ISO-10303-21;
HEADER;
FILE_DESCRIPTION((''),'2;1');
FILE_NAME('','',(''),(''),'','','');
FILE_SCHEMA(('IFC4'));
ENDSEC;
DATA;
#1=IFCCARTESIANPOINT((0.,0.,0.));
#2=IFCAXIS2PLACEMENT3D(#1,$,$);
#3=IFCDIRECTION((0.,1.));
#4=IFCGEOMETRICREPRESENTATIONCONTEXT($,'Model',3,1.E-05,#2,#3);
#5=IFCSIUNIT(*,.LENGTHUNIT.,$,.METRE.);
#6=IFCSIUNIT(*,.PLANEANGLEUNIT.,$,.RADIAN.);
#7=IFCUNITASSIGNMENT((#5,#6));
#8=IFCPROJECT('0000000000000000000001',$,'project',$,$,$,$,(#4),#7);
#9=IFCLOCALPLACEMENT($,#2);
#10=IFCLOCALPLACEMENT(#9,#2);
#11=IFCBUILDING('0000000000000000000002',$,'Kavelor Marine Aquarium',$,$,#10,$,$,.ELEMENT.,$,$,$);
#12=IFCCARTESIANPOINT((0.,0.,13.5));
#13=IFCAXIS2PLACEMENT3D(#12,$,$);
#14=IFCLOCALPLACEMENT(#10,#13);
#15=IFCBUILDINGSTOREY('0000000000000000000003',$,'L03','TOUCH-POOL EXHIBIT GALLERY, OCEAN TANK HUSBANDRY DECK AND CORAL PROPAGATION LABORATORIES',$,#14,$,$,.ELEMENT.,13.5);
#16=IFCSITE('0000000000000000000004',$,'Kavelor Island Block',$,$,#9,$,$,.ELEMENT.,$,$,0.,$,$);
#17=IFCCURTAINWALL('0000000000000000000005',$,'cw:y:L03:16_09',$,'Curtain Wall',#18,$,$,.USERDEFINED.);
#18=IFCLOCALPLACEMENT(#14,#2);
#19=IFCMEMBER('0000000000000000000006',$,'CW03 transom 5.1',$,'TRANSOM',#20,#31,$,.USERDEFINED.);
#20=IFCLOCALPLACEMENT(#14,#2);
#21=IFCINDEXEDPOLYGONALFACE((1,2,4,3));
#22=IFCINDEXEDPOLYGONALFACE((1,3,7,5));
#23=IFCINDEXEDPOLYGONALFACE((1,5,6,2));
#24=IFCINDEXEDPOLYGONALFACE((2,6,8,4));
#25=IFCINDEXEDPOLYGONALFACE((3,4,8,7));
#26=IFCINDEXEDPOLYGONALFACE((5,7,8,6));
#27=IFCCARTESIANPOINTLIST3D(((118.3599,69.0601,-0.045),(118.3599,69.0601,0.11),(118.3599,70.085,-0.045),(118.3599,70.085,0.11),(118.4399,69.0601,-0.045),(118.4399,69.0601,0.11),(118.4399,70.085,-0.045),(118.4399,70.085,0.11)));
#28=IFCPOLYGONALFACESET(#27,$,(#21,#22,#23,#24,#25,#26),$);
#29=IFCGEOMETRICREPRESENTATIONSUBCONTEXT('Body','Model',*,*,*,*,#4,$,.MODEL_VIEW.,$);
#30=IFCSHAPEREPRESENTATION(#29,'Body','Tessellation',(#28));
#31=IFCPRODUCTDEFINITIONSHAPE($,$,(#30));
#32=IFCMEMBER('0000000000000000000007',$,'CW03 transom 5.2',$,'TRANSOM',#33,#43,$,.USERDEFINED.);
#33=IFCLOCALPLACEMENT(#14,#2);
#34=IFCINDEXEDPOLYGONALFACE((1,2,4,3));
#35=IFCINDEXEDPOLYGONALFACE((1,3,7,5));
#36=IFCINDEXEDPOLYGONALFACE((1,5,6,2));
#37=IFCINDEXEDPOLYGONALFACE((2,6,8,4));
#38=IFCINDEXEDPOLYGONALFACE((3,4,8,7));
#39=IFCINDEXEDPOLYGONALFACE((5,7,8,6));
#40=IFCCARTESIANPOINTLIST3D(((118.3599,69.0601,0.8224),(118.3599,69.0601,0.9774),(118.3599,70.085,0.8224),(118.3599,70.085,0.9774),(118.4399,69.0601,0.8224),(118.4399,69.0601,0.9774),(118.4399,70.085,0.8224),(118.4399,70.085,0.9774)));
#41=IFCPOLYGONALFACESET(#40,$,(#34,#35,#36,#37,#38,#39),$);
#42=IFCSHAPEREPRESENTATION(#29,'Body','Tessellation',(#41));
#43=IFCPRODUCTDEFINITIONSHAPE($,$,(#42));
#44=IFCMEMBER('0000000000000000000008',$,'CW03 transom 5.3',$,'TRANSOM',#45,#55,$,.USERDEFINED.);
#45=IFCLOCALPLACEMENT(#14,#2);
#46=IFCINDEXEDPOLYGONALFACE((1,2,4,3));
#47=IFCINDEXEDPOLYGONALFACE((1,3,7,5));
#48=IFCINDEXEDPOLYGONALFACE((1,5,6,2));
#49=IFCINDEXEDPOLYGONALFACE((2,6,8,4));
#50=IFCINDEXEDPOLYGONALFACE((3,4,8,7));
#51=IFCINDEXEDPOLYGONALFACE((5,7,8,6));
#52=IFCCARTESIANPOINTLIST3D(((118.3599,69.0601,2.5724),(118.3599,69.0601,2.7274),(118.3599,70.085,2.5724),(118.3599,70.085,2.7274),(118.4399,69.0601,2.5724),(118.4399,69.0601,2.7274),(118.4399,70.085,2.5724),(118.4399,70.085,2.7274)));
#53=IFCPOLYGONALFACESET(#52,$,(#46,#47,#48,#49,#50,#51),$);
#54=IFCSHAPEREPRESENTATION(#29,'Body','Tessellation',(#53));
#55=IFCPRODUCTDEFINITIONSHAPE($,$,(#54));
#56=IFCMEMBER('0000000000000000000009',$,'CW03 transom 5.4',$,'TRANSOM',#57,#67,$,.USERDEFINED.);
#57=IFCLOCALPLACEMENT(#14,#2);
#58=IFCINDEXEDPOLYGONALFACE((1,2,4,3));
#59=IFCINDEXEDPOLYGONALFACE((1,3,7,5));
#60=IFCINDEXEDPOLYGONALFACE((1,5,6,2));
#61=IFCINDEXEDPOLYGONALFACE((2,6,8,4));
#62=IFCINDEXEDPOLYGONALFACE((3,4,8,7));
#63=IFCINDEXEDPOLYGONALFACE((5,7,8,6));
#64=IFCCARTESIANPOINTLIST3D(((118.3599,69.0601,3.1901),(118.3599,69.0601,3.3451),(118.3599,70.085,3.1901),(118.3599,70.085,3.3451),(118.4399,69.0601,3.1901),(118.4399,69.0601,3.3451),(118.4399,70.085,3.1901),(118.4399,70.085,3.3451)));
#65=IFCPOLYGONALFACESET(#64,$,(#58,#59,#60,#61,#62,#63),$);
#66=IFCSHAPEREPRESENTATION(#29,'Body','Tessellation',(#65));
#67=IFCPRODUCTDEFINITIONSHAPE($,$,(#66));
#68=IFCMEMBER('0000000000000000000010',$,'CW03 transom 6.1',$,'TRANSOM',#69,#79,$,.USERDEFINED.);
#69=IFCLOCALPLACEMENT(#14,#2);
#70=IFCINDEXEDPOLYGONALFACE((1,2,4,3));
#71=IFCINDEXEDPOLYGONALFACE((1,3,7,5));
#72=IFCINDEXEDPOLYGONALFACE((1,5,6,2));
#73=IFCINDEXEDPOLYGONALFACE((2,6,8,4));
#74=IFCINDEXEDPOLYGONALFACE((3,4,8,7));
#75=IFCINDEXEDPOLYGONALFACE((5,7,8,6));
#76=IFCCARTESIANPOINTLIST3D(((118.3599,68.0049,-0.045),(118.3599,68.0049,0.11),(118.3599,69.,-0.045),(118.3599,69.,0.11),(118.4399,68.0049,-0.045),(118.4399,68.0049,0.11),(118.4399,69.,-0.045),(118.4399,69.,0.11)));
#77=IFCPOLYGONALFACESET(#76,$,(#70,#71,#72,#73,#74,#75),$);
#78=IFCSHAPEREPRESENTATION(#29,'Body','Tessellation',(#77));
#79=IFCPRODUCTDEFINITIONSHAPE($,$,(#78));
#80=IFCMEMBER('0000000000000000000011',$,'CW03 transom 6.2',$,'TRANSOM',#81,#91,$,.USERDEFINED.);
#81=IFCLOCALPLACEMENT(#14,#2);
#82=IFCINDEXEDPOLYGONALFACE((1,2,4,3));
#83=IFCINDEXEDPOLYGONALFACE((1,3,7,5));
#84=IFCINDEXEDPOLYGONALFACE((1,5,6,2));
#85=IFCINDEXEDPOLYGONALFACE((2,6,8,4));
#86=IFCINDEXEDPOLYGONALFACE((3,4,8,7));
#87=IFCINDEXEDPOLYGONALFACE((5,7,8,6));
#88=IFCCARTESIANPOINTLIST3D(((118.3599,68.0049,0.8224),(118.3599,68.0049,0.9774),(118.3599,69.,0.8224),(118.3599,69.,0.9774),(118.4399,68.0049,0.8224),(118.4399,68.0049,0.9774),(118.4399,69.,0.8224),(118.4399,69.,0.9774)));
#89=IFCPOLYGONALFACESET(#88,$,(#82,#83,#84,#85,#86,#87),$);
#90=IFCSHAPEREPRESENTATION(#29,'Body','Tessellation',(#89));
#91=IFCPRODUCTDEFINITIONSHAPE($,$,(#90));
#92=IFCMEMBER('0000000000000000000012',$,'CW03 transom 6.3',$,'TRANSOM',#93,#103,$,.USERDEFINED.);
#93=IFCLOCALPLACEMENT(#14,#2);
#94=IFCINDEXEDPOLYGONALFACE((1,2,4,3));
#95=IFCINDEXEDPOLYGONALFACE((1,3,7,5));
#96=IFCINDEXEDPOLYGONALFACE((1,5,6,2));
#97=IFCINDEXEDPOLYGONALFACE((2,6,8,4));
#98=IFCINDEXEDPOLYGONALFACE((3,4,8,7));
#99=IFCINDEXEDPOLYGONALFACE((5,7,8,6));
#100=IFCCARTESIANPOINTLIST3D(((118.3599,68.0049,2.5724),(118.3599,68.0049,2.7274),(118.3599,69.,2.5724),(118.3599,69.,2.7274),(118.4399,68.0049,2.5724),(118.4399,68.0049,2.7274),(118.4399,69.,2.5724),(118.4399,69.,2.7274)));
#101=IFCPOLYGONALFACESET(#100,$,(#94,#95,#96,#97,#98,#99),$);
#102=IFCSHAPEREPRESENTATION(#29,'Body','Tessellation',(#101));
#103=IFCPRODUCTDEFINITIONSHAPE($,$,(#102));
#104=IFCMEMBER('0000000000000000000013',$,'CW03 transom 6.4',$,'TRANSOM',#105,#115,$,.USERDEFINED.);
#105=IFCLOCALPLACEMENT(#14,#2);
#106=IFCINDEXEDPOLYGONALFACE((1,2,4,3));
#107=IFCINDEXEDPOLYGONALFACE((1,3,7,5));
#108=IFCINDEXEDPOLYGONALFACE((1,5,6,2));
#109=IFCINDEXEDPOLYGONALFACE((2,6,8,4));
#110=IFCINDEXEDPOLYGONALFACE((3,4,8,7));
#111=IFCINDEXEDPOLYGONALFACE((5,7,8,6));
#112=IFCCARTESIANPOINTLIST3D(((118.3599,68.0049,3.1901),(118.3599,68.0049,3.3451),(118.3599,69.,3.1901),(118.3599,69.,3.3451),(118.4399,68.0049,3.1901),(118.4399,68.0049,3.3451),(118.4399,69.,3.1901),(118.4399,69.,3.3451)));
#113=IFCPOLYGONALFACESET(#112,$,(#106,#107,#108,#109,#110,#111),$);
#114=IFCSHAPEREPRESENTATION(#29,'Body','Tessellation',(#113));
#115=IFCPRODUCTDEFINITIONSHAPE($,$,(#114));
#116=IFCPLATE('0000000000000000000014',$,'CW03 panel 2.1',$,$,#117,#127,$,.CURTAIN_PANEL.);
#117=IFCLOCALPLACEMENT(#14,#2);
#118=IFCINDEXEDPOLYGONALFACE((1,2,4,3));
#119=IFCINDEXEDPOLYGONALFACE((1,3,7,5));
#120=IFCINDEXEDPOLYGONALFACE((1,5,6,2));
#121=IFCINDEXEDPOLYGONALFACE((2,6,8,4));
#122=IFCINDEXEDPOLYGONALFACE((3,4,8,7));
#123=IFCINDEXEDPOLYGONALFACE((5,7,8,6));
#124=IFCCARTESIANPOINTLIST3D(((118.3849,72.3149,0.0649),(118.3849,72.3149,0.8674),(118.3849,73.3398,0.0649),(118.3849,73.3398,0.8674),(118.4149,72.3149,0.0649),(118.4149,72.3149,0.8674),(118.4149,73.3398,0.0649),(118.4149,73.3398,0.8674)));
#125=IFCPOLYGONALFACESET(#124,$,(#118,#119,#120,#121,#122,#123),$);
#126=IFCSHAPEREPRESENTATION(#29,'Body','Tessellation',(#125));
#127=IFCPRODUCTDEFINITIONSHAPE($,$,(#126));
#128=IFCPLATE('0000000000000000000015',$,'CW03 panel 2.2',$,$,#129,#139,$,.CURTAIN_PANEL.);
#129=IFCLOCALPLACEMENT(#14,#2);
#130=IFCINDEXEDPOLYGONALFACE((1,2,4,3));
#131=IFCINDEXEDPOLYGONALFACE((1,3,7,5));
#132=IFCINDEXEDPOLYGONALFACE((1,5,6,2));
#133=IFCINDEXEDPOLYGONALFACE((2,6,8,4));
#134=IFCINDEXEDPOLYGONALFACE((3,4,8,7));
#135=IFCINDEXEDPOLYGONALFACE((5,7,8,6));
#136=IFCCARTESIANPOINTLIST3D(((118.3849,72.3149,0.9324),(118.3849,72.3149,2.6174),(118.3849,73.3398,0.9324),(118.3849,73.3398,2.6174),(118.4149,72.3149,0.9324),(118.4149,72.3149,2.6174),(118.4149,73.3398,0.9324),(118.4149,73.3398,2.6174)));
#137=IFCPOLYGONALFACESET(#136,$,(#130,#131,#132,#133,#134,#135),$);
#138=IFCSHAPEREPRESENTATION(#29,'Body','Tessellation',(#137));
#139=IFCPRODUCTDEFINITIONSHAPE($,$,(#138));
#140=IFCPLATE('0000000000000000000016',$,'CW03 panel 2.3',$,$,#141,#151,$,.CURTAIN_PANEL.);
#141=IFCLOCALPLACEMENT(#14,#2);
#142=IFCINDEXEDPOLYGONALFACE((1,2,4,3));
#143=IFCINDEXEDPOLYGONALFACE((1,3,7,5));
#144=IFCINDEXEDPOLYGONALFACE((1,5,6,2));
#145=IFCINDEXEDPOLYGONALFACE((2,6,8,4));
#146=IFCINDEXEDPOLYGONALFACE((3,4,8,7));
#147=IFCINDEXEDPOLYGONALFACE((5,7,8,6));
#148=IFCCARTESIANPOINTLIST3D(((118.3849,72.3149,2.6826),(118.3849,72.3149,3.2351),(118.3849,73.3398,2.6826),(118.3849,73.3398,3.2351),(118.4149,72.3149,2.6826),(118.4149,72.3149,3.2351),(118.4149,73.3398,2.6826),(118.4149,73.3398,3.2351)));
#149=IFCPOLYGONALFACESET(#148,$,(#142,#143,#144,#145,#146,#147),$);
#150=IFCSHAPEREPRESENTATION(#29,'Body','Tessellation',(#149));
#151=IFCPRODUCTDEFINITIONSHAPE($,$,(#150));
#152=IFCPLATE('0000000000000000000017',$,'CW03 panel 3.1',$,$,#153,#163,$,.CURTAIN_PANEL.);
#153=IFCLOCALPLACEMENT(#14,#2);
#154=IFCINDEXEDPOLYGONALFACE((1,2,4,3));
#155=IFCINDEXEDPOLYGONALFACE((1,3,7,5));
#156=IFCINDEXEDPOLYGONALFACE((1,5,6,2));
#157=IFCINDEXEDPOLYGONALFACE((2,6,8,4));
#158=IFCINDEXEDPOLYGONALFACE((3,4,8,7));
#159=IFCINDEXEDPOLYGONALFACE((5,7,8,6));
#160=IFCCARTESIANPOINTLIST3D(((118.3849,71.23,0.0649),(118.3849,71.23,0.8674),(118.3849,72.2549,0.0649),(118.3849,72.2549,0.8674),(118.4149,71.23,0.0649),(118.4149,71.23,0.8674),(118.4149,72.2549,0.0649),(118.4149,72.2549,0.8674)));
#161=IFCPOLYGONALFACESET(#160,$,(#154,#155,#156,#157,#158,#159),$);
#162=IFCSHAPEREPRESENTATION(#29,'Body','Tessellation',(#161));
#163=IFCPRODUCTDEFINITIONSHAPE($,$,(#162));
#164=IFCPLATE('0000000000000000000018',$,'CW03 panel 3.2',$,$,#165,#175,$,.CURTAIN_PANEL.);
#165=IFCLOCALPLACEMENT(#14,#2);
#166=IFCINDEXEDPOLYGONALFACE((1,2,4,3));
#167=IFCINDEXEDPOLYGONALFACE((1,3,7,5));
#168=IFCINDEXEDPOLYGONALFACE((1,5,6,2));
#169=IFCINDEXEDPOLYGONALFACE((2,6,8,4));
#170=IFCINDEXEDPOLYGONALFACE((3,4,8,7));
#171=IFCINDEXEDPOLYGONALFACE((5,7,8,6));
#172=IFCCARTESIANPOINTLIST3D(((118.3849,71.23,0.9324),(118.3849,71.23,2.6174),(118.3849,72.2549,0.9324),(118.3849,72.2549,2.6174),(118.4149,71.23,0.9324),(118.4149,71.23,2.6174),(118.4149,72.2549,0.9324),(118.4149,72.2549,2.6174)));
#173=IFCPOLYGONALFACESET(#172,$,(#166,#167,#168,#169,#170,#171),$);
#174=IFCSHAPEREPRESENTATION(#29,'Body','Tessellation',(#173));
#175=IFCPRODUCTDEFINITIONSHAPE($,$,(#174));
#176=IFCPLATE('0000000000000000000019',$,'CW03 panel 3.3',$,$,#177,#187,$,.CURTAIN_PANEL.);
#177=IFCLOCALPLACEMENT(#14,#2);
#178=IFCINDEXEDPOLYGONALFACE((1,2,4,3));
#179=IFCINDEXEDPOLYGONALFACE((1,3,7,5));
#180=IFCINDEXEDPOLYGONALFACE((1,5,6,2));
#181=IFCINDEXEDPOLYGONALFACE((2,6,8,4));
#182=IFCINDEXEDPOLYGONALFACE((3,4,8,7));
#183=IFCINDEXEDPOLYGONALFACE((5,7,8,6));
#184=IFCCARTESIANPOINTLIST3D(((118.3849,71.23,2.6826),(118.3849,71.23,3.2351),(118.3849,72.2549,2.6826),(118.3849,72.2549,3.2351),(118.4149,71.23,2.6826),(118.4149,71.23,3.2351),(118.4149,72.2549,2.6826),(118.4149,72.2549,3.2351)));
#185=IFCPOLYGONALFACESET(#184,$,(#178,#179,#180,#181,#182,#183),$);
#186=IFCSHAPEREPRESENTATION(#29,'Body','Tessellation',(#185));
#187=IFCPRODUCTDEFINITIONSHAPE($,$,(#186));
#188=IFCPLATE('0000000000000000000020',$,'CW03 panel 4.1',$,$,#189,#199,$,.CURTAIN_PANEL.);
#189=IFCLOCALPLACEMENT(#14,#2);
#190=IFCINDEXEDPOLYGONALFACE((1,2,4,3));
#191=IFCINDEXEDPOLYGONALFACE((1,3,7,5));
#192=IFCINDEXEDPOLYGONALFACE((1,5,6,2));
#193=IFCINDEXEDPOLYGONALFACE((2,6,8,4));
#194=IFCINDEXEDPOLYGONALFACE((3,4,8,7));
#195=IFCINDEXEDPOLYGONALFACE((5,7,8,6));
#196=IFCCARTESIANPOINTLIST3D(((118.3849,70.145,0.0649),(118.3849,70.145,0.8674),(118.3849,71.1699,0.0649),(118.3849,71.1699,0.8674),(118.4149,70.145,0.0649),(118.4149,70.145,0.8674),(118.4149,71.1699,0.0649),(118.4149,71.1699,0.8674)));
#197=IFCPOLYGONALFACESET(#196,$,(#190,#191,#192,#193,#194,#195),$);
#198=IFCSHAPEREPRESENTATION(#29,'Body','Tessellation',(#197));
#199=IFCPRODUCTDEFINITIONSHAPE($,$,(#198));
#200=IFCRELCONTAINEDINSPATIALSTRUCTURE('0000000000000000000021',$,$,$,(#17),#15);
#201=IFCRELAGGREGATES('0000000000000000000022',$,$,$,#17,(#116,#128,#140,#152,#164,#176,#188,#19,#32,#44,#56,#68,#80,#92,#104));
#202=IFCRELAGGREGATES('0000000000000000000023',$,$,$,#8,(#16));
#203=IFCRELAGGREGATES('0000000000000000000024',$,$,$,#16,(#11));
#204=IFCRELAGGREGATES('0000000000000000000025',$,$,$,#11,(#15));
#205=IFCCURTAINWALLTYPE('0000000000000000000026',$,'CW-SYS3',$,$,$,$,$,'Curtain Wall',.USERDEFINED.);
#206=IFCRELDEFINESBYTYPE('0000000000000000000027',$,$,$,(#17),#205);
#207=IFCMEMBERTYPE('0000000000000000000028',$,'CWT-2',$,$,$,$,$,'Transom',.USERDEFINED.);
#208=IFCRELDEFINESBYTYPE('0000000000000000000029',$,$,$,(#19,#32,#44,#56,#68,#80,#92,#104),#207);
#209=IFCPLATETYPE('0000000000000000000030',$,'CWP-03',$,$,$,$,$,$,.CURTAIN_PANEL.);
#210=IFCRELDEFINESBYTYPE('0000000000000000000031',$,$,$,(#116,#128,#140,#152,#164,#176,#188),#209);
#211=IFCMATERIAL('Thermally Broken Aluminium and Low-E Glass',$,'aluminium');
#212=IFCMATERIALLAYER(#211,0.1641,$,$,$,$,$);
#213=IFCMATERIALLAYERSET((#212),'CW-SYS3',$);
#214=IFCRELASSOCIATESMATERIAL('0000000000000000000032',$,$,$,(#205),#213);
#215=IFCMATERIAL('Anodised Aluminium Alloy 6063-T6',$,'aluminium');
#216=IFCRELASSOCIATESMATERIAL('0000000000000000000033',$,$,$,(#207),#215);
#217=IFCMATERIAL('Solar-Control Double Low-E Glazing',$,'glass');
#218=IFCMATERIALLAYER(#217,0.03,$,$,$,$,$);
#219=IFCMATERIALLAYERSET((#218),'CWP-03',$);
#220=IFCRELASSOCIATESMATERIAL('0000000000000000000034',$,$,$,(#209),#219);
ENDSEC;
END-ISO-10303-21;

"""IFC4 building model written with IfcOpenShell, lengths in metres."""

from ifc_helpers import new_model, si_unit, direction, frame, origin, origin_2d, place, context, subcontext, project, spatial, rectangle, extrude, material, layer, layer_set, material_profile, profile_set, type_object, element, aggregate, save


model = new_model("IFC4")

# Units and contexts
model_context = context("Model", 3, precision=1e-05, world=origin(), true_north=direction((0.0, 1.0)))
body_context = subcontext(model_context, "Body", "Model", "MODEL_VIEW")
ifc_project = project(units=[si_unit("LENGTHUNIT", "METRE"), si_unit("PLANEANGLEUNIT", "RADIAN")], contexts=[model_context])

# Site, building, storey
site_placement = place(None, origin())
site = spatial("IfcSite", under=ifc_project, at=site_placement, Name="Kavelor Island Block", CompositionType="ELEMENT", RefElevation=0.0)
building_placement = place(site_placement, origin())
building = spatial("IfcBuilding", under=site, at=building_placement, Name="Kavelor Marine Aquarium", CompositionType="ELEMENT")
storey_placement = place(building_placement, frame((0.0, 0.0, 13.5)))
storey = spatial("IfcBuildingStorey", under=building, at=storey_placement, Name="L03", Description="TOUCH-POOL EXHIBIT GALLERY, OCEAN TANK HUSBANDRY DECK AND CORAL PROPAGATION LABORATORIES", CompositionType="ELEMENT", Elevation=13.5)

# Curtain wall, members, plates
ifc_material_1 = material(Name="Thermally Broken Aluminium and Low-E Glass", Category="aluminium")
ifc_layer_1 = layer(ifc_material_1, 0.1641)
ifc_layer_set_1 = layer_set([ifc_layer_1], Name="CW-SYS3")
curtain_wall_type = type_object("IfcCurtainWallType", Name="CW-SYS3", ElementType="Curtain Wall", PredefinedType="USERDEFINED", material=ifc_layer_set_1)
curtain_wall_placement = place(storey_placement, origin())
curtain_wall = element("IfcCurtainWall", 1, at=curtain_wall_placement, inside=storey, type_object=curtain_wall_type, Name="cw:y:L03:16_09", ObjectType="Curtain Wall", PredefinedType="USERDEFINED")
ifc_material_2 = material(Name="Anodised Aluminium Alloy 6063-T6", Category="aluminium")
ifc_material_profile_1 = material_profile(ifc_material_2, rectangle(XDim=0.0801, YDim=0.155, at=origin_2d()), Name="CW-TRN 80x155")
ifc_profile_set_1 = profile_set([ifc_material_profile_1], Name="Anodised Aluminium Alloy 6063-T6")
member_type_1 = type_object("IfcMemberType", Name="CWT-2", ElementType="Transom", PredefinedType="USERDEFINED", material=ifc_profile_set_1)
member_1_placement = place(storey_placement, frame((118.3999, 70.085, 0.0325), z_axis=(0.0, -1.0, 0.0), x_axis=(1.0, 0.0, 0.0)))
member_1 = element("IfcMember", 2, at=member_1_placement, type_object=member_type_1, Name="CW03 transom 5.1", ObjectType="TRANSOM", PredefinedType="USERDEFINED", context=body_context, shape_type="SweptSolid", body=[
    extrude(rectangle(XDim=0.0801, YDim=0.155, at=origin_2d()), origin(), (0.0, 0.0, 1.0), 1.0249),
])
member_2_placement = place(storey_placement, frame((118.3999, 70.085, 0.8999), z_axis=(0.0, -1.0, 0.0), x_axis=(1.0, 0.0, 0.0)))
member_2 = element("IfcMember", 3, at=member_2_placement, type_object=member_type_1, Name="CW03 transom 5.2", ObjectType="TRANSOM", PredefinedType="USERDEFINED", context=body_context, shape_type="SweptSolid", body=[
    extrude(rectangle(XDim=0.0801, YDim=0.155, at=origin_2d()), origin(), (0.0, 0.0, 1.0), 1.0249),
])
member_3_placement = place(storey_placement, frame((118.3999, 70.085, 2.6499), z_axis=(0.0, -1.0, 0.0), x_axis=(1.0, 0.0, 0.0)))
member_3 = element("IfcMember", 4, at=member_3_placement, type_object=member_type_1, Name="CW03 transom 5.3", ObjectType="TRANSOM", PredefinedType="USERDEFINED", context=body_context, shape_type="SweptSolid", body=[
    extrude(rectangle(XDim=0.0801, YDim=0.155, at=origin_2d()), origin(), (0.0, 0.0, 1.0), 1.0249),
])
member_4_placement = place(storey_placement, frame((118.3999, 70.085, 3.2676), z_axis=(0.0, -1.0, 0.0), x_axis=(1.0, 0.0, 0.0)))
member_4 = element("IfcMember", 5, at=member_4_placement, type_object=member_type_1, Name="CW03 transom 5.4", ObjectType="TRANSOM", PredefinedType="USERDEFINED", context=body_context, shape_type="SweptSolid", body=[
    extrude(rectangle(XDim=0.0801, YDim=0.155, at=origin_2d()), origin(), (0.0, 0.0, 1.0), 1.0249),
])
member_5_placement = place(storey_placement, frame((118.3999, 69.0, 0.0325), z_axis=(0.0, -1.0, 0.0), x_axis=(1.0, 0.0, 0.0)))
member_5 = element("IfcMember", 6, at=member_5_placement, type_object=member_type_1, Name="CW03 transom 6.1", ObjectType="TRANSOM", PredefinedType="USERDEFINED", context=body_context, shape_type="SweptSolid", body=[
    extrude(rectangle(XDim=0.0801, YDim=0.155, at=origin_2d()), origin(), (0.0, 0.0, 1.0), 0.9951),
])
member_6_placement = place(storey_placement, frame((118.3999, 69.0, 0.8999), z_axis=(0.0, -1.0, 0.0), x_axis=(1.0, 0.0, 0.0)))
member_6 = element("IfcMember", 7, at=member_6_placement, type_object=member_type_1, Name="CW03 transom 6.2", ObjectType="TRANSOM", PredefinedType="USERDEFINED", context=body_context, shape_type="SweptSolid", body=[
    extrude(rectangle(XDim=0.0801, YDim=0.155, at=origin_2d()), origin(), (0.0, 0.0, 1.0), 0.9951),
])
member_7_placement = place(storey_placement, frame((118.3999, 69.0, 2.6499), z_axis=(0.0, -1.0, 0.0), x_axis=(1.0, 0.0, 0.0)))
member_7 = element("IfcMember", 8, at=member_7_placement, type_object=member_type_1, Name="CW03 transom 6.3", ObjectType="TRANSOM", PredefinedType="USERDEFINED", context=body_context, shape_type="SweptSolid", body=[
    extrude(rectangle(XDim=0.0801, YDim=0.155, at=origin_2d()), origin(), (0.0, 0.0, 1.0), 0.9951),
])
member_8_placement = place(storey_placement, frame((118.3999, 69.0, 3.2676), z_axis=(0.0, -1.0, 0.0), x_axis=(1.0, 0.0, 0.0)))
member_8 = element("IfcMember", 9, at=member_8_placement, type_object=member_type_1, Name="CW03 transom 6.4", ObjectType="TRANSOM", PredefinedType="USERDEFINED", context=body_context, shape_type="SweptSolid", body=[
    extrude(rectangle(XDim=0.0801, YDim=0.155, at=origin_2d()), origin(), (0.0, 0.0, 1.0), 0.9951),
])
ifc_material_3 = material(Name="Solar-Control Double Low-E Glazing", Category="glass")
ifc_layer_2 = layer(ifc_material_3, 0.03)
ifc_layer_set_2 = layer_set([ifc_layer_2], Name="CWP-03")
plate_type = type_object("IfcPlateType", Name="CWP-03", PredefinedType="CURTAIN_PANEL", material=ifc_layer_set_2)
plate_1_placement = place(storey_placement, frame((118.3999, 72.8274, 0.0649), z_axis=(0.0, 0.0, 1.0), x_axis=(0.0, -1.0, 0.0)))
plate_1 = element("IfcPlate", 10, at=plate_1_placement, type_object=plate_type, Name="CW03 panel 2.1", PredefinedType="CURTAIN_PANEL", context=body_context, shape_type="SweptSolid", body=[
    extrude(rectangle(XDim=1.0249, YDim=0.03, at=origin_2d()), origin(), (0.0, 0.0, 1.0), 0.8025),
])
plate_2_placement = place(storey_placement, frame((118.3999, 72.8274, 0.9324), z_axis=(0.0, 0.0, 1.0), x_axis=(0.0, -1.0, 0.0)))
plate_2 = element("IfcPlate", 11, at=plate_2_placement, type_object=plate_type, Name="CW03 panel 2.2", PredefinedType="CURTAIN_PANEL", context=body_context, shape_type="SweptSolid", body=[
    extrude(rectangle(XDim=1.0249, YDim=0.03, at=origin_2d()), origin(), (0.0, 0.0, 1.0), 1.6851),
])
plate_3_placement = place(storey_placement, frame((118.3999, 72.8274, 2.6826), z_axis=(0.0, 0.0, 1.0), x_axis=(0.0, -1.0, 0.0)))
plate_3 = element("IfcPlate", 12, at=plate_3_placement, type_object=plate_type, Name="CW03 panel 2.3", PredefinedType="CURTAIN_PANEL", context=body_context, shape_type="SweptSolid", body=[
    extrude(rectangle(XDim=1.0249, YDim=0.03, at=origin_2d()), origin(), (0.0, 0.0, 1.0), 0.5525),
])
plate_4_placement = place(storey_placement, frame((118.3999, 71.7424, 0.0649), z_axis=(0.0, 0.0, 1.0), x_axis=(0.0, -1.0, 0.0)))
plate_4 = element("IfcPlate", 13, at=plate_4_placement, type_object=plate_type, Name="CW03 panel 3.1", PredefinedType="CURTAIN_PANEL", context=body_context, shape_type="SweptSolid", body=[
    extrude(rectangle(XDim=1.0249, YDim=0.03, at=origin_2d()), origin(), (0.0, 0.0, 1.0), 0.8025),
])
plate_5_placement = place(storey_placement, frame((118.3999, 71.7424, 0.9324), z_axis=(0.0, 0.0, 1.0), x_axis=(0.0, -1.0, 0.0)))
plate_5 = element("IfcPlate", 14, at=plate_5_placement, type_object=plate_type, Name="CW03 panel 3.2", PredefinedType="CURTAIN_PANEL", context=body_context, shape_type="SweptSolid", body=[
    extrude(rectangle(XDim=1.0249, YDim=0.03, at=origin_2d()), origin(), (0.0, 0.0, 1.0), 1.6851),
])
plate_6_placement = place(storey_placement, frame((118.3999, 71.7424, 2.6826), z_axis=(0.0, 0.0, 1.0), x_axis=(0.0, -1.0, 0.0)))
plate_6 = element("IfcPlate", 15, at=plate_6_placement, type_object=plate_type, Name="CW03 panel 3.3", PredefinedType="CURTAIN_PANEL", context=body_context, shape_type="SweptSolid", body=[
    extrude(rectangle(XDim=1.0249, YDim=0.03, at=origin_2d()), origin(), (0.0, 0.0, 1.0), 0.5525),
])
plate_7_placement = place(storey_placement, frame((118.3999, 70.6575, 0.0649), z_axis=(0.0, 0.0, 1.0), x_axis=(0.0, -1.0, 0.0)))
plate_7 = element("IfcPlate", 16, at=plate_7_placement, type_object=plate_type, Name="CW03 panel 4.1", PredefinedType="CURTAIN_PANEL", context=body_context, shape_type="SweptSolid", body=[
    extrude(rectangle(XDim=1.0249, YDim=0.03, at=origin_2d()), origin(), (0.0, 0.0, 1.0), 0.8025),
])
aggregate(curtain_wall, [plate_1, plate_2, plate_3, plate_4, plate_5, plate_6, plate_7, member_1, member_2, member_3, member_4, member_5, member_6, member_7, member_8])

save(model, "model.ifc")
